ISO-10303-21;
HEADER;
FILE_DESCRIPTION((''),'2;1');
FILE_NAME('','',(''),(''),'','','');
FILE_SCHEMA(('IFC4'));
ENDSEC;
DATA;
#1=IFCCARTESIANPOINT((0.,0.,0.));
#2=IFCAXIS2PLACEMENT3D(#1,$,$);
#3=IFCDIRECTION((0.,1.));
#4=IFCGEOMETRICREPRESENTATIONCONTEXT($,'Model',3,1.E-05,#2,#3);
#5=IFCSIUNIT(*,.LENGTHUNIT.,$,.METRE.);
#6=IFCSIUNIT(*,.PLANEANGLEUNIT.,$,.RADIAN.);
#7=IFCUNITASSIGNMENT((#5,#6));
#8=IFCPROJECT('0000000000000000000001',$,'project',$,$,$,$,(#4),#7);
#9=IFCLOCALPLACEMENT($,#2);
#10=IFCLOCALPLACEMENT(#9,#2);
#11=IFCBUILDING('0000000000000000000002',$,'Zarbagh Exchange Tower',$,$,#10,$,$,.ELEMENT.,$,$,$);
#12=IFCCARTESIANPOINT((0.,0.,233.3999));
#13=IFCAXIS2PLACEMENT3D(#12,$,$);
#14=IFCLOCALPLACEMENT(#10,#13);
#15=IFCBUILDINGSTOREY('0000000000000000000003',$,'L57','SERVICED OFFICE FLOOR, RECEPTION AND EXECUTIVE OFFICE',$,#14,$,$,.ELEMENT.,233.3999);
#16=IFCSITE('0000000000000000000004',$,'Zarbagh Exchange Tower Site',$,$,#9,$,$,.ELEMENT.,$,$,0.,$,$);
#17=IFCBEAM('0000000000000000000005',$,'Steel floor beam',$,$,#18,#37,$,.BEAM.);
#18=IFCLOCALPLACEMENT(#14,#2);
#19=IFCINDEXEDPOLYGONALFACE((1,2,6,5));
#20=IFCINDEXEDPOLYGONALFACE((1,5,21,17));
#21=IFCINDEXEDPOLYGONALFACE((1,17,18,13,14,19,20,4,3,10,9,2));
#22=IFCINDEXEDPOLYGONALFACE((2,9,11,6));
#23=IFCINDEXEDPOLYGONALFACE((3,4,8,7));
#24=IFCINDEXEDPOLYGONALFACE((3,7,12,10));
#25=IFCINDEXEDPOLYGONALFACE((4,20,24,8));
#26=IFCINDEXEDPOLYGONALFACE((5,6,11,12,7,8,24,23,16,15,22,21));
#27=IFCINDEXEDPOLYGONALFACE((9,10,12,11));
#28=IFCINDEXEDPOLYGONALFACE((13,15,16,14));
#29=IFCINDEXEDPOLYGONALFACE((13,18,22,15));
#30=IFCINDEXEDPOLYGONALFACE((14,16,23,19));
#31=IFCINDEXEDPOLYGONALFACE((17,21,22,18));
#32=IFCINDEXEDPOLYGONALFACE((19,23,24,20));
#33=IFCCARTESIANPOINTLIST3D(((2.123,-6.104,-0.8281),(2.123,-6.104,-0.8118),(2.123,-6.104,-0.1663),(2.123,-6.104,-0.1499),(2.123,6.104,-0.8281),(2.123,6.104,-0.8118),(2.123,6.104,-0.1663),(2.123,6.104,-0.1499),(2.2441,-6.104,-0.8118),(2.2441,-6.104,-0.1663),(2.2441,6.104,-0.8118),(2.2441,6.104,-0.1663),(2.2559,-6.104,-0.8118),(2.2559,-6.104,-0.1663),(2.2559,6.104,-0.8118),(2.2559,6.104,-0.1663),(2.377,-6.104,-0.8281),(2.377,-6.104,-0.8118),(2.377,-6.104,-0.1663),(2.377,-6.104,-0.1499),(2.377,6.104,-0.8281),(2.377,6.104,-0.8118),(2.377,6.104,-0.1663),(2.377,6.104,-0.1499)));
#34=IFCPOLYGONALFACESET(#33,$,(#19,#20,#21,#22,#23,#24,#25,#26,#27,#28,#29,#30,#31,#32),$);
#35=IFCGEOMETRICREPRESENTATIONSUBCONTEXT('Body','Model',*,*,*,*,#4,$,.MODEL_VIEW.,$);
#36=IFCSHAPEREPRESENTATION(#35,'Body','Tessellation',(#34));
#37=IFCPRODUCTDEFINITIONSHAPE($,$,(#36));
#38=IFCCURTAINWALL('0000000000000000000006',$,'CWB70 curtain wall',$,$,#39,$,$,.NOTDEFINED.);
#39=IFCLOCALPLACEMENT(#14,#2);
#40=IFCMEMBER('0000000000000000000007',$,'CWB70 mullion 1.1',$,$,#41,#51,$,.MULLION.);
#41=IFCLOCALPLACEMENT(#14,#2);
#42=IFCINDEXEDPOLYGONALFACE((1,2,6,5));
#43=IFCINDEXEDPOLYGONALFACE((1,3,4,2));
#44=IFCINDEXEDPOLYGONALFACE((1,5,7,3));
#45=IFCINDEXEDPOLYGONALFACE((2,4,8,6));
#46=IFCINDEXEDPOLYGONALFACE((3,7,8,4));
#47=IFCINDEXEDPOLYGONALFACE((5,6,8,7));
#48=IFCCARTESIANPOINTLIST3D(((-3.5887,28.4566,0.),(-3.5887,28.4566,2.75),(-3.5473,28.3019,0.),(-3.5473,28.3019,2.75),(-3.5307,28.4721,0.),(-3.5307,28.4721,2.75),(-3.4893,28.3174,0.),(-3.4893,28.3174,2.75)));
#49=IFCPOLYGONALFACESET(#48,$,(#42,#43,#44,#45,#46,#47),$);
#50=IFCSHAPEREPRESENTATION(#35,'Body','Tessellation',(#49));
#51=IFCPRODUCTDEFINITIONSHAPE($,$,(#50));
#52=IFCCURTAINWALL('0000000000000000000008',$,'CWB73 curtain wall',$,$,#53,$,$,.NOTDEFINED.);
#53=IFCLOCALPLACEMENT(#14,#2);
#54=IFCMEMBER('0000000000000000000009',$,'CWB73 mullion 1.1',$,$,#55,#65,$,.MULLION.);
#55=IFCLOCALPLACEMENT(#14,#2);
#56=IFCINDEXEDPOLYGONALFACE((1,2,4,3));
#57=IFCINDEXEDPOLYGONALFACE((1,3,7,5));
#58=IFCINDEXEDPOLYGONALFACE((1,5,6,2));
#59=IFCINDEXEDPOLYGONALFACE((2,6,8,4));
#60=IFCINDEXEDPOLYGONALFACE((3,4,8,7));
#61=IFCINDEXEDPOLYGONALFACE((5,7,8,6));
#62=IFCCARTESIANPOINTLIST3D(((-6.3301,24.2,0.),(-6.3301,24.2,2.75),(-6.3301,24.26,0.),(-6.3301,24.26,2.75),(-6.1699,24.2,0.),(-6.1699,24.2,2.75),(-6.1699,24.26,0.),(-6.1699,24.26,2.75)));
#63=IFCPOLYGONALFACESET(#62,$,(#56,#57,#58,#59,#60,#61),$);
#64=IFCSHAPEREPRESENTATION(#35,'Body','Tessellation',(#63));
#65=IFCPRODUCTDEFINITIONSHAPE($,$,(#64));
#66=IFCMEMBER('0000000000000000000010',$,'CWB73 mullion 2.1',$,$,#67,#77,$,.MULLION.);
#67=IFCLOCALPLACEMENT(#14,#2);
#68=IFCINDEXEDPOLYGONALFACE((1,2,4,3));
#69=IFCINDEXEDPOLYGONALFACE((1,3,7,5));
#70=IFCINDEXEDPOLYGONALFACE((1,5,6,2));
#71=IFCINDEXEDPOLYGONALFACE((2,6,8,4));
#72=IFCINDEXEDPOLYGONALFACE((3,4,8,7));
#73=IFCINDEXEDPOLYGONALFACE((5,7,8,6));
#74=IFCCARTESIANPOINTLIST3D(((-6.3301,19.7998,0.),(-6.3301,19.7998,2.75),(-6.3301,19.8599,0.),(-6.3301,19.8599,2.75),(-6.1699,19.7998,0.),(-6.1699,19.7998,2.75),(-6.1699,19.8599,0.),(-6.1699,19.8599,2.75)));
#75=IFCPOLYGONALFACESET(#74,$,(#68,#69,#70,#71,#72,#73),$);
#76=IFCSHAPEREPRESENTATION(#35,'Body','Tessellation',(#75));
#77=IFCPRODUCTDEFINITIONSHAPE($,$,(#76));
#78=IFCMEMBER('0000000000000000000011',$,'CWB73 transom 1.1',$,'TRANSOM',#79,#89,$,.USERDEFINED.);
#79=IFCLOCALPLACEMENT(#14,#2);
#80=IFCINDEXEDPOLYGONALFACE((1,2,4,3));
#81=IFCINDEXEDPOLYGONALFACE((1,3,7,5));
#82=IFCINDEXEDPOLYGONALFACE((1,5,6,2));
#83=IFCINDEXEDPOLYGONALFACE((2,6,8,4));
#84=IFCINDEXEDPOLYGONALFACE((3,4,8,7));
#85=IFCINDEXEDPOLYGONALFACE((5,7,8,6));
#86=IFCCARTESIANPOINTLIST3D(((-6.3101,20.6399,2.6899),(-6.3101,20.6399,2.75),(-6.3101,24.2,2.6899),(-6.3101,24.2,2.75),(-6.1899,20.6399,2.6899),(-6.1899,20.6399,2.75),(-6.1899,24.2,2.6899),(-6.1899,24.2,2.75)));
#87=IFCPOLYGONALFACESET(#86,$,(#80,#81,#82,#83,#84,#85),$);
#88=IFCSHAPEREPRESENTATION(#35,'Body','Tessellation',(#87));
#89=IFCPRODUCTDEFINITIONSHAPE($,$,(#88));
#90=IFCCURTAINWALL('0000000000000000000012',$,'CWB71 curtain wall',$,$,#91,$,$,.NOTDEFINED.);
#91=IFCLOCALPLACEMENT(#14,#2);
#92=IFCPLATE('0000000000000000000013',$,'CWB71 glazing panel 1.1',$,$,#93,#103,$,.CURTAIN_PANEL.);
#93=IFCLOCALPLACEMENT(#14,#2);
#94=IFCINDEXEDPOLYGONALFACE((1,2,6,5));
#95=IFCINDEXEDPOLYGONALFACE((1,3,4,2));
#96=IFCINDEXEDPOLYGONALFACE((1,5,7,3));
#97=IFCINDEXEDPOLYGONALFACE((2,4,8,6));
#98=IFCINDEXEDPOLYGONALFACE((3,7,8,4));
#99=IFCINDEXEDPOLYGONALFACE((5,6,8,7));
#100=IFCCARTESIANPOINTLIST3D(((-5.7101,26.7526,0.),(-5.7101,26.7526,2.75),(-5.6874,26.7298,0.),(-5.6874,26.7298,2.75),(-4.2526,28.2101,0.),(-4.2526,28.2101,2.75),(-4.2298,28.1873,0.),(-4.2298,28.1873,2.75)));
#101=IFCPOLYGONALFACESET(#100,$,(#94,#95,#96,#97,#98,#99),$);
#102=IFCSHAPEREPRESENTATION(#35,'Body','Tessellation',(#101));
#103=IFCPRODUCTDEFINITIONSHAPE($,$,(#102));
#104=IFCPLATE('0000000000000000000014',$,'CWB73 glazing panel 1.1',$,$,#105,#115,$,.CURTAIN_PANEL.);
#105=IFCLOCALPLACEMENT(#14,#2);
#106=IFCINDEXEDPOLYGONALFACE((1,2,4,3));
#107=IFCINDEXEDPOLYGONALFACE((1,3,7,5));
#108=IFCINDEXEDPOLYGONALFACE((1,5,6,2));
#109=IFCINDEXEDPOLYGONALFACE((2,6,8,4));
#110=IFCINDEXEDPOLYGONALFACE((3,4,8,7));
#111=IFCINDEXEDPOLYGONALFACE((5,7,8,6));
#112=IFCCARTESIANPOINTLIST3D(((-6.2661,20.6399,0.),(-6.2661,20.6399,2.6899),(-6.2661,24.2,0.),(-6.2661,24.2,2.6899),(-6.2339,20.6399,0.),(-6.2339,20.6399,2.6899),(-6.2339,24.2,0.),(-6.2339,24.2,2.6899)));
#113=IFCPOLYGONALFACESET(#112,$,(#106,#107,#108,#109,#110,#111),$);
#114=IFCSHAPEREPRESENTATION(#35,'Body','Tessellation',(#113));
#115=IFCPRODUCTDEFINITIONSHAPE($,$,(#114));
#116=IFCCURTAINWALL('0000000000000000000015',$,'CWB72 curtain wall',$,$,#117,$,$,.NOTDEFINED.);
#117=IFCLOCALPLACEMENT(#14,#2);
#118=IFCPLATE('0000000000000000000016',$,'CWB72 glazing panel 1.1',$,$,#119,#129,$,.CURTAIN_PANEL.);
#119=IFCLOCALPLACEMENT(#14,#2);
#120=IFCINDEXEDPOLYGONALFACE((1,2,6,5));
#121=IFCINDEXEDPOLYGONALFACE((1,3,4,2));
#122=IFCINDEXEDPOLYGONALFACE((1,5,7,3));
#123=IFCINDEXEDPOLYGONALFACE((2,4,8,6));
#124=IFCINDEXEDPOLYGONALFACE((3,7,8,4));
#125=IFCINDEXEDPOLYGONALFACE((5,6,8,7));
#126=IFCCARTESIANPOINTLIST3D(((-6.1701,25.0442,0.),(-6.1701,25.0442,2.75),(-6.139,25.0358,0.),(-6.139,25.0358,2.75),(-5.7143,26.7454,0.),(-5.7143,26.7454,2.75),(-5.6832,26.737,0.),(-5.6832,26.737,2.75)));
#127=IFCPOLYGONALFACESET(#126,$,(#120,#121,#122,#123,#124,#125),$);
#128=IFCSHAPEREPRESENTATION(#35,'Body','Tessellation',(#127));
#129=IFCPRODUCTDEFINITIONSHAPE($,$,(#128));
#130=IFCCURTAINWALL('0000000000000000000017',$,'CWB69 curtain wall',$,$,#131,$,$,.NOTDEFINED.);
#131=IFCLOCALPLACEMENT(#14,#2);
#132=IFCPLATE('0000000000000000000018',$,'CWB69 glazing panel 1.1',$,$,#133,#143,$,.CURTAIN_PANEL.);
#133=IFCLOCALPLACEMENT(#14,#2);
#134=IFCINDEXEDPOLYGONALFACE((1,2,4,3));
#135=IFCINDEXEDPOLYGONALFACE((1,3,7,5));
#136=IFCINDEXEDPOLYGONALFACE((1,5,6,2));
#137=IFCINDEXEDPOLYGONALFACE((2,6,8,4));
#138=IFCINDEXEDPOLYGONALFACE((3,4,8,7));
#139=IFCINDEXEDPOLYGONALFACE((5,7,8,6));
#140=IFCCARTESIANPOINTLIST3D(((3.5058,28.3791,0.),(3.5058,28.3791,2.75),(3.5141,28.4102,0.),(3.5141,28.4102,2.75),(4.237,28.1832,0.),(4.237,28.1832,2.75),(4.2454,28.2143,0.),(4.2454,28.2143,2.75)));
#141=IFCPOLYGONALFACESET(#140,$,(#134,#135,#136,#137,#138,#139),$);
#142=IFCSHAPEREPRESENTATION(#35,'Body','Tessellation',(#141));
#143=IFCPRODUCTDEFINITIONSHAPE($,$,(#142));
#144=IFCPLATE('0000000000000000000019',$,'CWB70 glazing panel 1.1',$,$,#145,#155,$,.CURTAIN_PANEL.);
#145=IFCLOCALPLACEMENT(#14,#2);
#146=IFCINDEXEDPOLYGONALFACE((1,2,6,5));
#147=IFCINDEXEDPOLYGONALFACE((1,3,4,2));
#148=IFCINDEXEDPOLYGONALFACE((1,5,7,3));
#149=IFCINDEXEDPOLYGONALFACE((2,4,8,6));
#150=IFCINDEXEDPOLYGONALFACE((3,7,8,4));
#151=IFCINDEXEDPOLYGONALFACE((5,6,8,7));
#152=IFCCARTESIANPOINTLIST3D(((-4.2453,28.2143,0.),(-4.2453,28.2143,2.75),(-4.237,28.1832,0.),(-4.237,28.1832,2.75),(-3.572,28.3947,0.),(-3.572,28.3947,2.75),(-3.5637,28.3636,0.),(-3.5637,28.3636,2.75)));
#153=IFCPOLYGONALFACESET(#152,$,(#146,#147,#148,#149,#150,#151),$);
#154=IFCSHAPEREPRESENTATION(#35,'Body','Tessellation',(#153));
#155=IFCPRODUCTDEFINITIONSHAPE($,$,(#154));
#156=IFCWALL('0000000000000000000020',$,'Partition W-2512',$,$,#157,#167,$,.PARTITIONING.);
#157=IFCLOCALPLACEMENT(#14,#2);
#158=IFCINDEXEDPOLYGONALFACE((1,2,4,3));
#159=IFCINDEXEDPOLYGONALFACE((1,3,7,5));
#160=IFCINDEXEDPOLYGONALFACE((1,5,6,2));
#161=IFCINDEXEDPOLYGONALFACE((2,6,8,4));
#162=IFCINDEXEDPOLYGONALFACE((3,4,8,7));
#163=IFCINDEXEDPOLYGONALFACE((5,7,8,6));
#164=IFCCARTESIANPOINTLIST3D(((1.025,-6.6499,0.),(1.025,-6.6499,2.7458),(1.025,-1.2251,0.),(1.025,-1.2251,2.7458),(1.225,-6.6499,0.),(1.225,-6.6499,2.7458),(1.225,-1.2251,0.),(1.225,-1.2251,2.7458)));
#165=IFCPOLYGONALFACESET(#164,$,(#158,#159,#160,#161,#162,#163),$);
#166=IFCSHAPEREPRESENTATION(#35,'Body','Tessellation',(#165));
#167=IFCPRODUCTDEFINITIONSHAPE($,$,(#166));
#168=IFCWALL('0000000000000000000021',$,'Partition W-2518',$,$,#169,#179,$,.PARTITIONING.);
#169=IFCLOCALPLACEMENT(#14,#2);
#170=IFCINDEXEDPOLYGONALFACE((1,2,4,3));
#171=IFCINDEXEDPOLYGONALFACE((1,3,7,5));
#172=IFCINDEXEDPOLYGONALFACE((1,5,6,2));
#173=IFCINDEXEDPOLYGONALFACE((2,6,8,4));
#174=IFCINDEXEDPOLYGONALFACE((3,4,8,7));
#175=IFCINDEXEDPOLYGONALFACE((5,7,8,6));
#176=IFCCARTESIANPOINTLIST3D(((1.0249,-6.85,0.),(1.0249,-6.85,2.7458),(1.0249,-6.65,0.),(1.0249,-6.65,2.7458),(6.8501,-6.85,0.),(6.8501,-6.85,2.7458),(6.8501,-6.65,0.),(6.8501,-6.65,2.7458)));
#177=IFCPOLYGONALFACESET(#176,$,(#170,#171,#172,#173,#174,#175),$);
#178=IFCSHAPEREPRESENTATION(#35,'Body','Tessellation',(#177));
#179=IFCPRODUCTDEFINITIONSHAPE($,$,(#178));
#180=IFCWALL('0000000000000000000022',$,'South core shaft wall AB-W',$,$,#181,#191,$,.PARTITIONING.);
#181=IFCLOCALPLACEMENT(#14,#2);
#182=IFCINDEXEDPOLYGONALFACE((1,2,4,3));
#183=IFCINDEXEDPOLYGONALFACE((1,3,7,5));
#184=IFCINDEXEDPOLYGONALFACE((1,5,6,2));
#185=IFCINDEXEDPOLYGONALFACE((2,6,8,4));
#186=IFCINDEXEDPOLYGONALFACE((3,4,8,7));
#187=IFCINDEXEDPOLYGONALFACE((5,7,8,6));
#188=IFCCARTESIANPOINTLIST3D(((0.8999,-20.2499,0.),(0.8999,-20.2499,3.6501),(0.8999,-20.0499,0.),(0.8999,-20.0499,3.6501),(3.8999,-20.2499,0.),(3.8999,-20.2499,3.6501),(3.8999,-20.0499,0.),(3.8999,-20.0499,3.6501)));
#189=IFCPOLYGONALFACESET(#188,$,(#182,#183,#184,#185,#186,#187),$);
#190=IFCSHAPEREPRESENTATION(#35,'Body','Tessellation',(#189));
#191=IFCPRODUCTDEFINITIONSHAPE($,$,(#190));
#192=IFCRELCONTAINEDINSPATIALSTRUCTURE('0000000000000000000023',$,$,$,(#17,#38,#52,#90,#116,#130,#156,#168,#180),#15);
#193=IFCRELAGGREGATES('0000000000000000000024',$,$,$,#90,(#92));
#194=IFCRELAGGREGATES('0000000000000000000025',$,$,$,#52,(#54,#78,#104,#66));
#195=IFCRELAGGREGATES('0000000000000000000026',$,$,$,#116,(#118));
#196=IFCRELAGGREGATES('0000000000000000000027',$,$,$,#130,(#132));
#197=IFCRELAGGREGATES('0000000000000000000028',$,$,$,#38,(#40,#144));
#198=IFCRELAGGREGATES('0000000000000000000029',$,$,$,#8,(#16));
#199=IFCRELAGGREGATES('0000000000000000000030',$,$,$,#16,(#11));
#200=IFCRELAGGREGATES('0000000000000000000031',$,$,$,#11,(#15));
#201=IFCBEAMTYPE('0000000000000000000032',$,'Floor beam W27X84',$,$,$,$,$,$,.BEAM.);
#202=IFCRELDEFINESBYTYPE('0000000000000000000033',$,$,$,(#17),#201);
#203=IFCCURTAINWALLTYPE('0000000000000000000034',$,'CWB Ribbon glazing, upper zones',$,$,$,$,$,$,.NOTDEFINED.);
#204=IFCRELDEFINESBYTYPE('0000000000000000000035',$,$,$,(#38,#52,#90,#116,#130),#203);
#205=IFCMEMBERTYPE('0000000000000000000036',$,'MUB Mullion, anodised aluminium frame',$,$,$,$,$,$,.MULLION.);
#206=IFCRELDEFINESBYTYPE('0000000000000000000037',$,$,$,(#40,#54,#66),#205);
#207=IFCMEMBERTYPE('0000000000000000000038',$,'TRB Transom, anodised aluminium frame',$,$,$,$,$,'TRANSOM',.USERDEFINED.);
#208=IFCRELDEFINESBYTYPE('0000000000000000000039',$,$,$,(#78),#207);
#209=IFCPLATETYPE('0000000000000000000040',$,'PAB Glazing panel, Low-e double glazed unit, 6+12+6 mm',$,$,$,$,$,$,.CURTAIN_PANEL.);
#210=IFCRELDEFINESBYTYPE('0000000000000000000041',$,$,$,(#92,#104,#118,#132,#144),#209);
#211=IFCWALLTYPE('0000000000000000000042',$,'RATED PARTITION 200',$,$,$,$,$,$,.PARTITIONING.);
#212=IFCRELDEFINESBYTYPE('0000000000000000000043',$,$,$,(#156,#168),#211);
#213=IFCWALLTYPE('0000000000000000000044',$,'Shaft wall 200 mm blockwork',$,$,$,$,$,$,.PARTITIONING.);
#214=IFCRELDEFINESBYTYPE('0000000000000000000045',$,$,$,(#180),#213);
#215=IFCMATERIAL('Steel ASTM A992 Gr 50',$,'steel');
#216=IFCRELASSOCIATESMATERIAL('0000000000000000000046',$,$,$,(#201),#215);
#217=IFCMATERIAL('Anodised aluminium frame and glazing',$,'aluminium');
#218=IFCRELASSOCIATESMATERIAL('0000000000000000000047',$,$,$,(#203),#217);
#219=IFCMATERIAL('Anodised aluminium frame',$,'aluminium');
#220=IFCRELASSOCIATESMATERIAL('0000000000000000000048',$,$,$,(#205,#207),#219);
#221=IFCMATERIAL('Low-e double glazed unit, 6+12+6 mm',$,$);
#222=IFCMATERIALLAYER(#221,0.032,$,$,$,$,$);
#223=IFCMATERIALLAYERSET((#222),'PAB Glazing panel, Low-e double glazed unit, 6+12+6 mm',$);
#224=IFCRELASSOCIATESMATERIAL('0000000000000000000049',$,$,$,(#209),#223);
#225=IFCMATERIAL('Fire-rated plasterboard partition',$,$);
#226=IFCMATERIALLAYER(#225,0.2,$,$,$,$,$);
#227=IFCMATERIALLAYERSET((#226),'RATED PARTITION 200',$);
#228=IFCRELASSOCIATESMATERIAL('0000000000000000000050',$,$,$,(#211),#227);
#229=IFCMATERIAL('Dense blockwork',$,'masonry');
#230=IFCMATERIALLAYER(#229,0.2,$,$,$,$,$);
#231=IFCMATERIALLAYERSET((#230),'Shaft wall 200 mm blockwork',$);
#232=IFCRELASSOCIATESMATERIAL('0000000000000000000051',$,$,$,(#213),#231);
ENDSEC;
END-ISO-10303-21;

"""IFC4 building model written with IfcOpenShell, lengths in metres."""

from ifc_helpers import new_model, si_unit, direction, frame, frame_2d, origin, origin_2d, place, context, subcontext, project, spatial, polyline, rectangle, i_section, outline, extrude, source, transform, mapped, material, layer, layer_set, material_profile, profile_set, type_object, element, aggregate, save


model = new_model("IFC4")

# Units and contexts
model_context = context("Model", 3, precision=1e-05, world=origin(), true_north=direction((0.0, 1.0)))
body_context = subcontext(model_context, "Body", "Model", "MODEL_VIEW")
ifc_project = project(units=[si_unit("LENGTHUNIT", "METRE"), si_unit("PLANEANGLEUNIT", "RADIAN")], contexts=[model_context])

# Site, building, storey
site_placement = place(None, origin())
site = spatial("IfcSite", under=ifc_project, at=site_placement, Name="Zarbagh Exchange Tower Site", CompositionType="ELEMENT", RefElevation=0.0)
building_placement = place(site_placement, origin())
building = spatial("IfcBuilding", under=site, at=building_placement, Name="Zarbagh Exchange Tower", CompositionType="ELEMENT")
storey_placement = place(building_placement, frame((0.0, 0.0, 233.3999)))
storey = spatial("IfcBuildingStorey", under=building, at=storey_placement, Name="L57", Description="SERVICED OFFICE FLOOR, RECEPTION AND EXECUTIVE OFFICE", CompositionType="ELEMENT", Elevation=233.3999)

# Beam
ifc_material_1 = material(Name="Steel ASTM A992 Gr 50", Category="steel")
ifc_material_profile = material_profile(ifc_material_1, i_section(OverallWidth=0.2539, OverallDepth=0.6782, WebThickness=0.0117, FlangeThickness=0.0164, at=origin_2d()), Name="W27X84")
ifc_profile_set = profile_set([ifc_material_profile], Name="Steel ASTM A992 Gr 50")
beam_type = type_object("IfcBeamType", Name="Floor beam W27X84", PredefinedType="BEAM", material=ifc_profile_set)
beam_placement = place(storey_placement, frame((2.25, -6.104, -0.489), z_axis=(0.0, 1.0, 0.0), x_axis=(-1.0, 0.0, 0.0)))
element("IfcBeam", 1, at=beam_placement, inside=storey, type_object=beam_type, Name="Steel floor beam", PredefinedType="BEAM", context=body_context, shape_type="SweptSolid", body=[
    extrude(i_section(OverallWidth=0.2539, OverallDepth=0.6782, WebThickness=0.0117, FlangeThickness=0.0164, at=origin_2d()), origin(), (0.0, 0.0, 1.0), 12.208),
])

# Curtain wall, member
ifc_material_2 = material(Name="Anodised aluminium frame and glazing", Category="aluminium")
curtain_wall_type = type_object("IfcCurtainWallType", Name="CWB Ribbon glazing, upper zones", PredefinedType="NOTDEFINED", material=ifc_material_2)
curtain_wall_1_placement = place(storey_placement, origin())
curtain_wall_1 = element("IfcCurtainWall", 2, at=curtain_wall_1_placement, inside=storey, type_object=curtain_wall_type, Name="CWB70 curtain wall", PredefinedType="NOTDEFINED")
ifc_material_3 = material(Name="Anodised aluminium frame", Category="aluminium")
member_type_1 = type_object("IfcMemberType", Name="MUB Mullion, anodised aluminium frame", PredefinedType="MULLION", material=ifc_material_3)
shared_shape_1 = source(origin(), body_context, "Body", "SweptSolid", [
    extrude(outline(polyline([(0.0, -0.0801), (0.0601, -0.0801), (0.0601, 0.0801), (0.0, 0.0801), (0.0, -0.0801)])), origin(), (0.0, 0.0, 1.0), 2.75),
])
placement = place(storey_placement, origin())
member_1 = element("IfcMember", 3, at=placement, type_object=member_type_1, Name="CWB70 mullion 1.1", PredefinedType="MULLION", context=body_context, shape_type="MappedRepresentation", body=[
    mapped(shared_shape_1, transform((-3.51, 28.3948, 0.0), x_axis=(-0.965924, -0.258825, 0.0), y_axis=(0.258825, -0.965924, 0.0), z_axis=(0.0, 0.0, 1.0))),
])

# Curtain wall, members
curtain_wall_2_placement = place(storey_placement, origin())
curtain_wall_2 = element("IfcCurtainWall", 4, at=curtain_wall_2_placement, inside=storey, type_object=curtain_wall_type, Name="CWB73 curtain wall", PredefinedType="NOTDEFINED")
member_2 = element("IfcMember", 5, at=placement, type_object=member_type_1, Name="CWB73 mullion 1.1", PredefinedType="MULLION", context=body_context, shape_type="MappedRepresentation", body=[
    mapped(shared_shape_1, transform((-6.25, 24.26, 0.0), x_axis=(0.0, -1.0, 0.0), y_axis=(1.0, 0.0, 0.0), z_axis=(0.0, 0.0, 1.0))),
])
member_3 = element("IfcMember", 6, at=placement, type_object=member_type_1, Name="CWB73 mullion 2.1", PredefinedType="MULLION", context=body_context, shape_type="MappedRepresentation", body=[
    mapped(shared_shape_1, transform((-6.25, 19.8599, 0.0), x_axis=(0.0, -1.0, 0.0), y_axis=(1.0, 0.0, 0.0), z_axis=(0.0, 0.0, 1.0))),
])
member_type_2 = type_object("IfcMemberType", Name="TRB Transom, anodised aluminium frame", ElementType="TRANSOM", PredefinedType="USERDEFINED", material=ifc_material_3)
shared_shape_2 = source(origin(), body_context, "Body", "SweptSolid", [
    extrude(outline(polyline([(-0.0601, -0.0601), (0.0, -0.0601), (0.0, 0.0601), (-0.0601, 0.0601), (-0.0601, -0.0601)])), origin(), (0.0, 0.0, 1.0), 3.5601),
])
member_4 = element("IfcMember", 7, at=placement, type_object=member_type_2, Name="CWB73 transom 1.1", ObjectType="TRANSOM", PredefinedType="USERDEFINED", context=body_context, shape_type="MappedRepresentation", body=[
    mapped(shared_shape_2, transform((-6.25, 24.2, 2.75), x_axis=(0.0, 0.0, 1.0), y_axis=(-1.0, 0.0, 0.0), z_axis=(0.0, -1.0, 0.0))),
])

# Curtain wall, plate
curtain_wall_3_placement = place(storey_placement, origin())
curtain_wall_3 = element("IfcCurtainWall", 8, at=curtain_wall_3_placement, inside=storey, type_object=curtain_wall_type, Name="CWB71 curtain wall", PredefinedType="NOTDEFINED")
ifc_material_4 = material(Name="Low-e double glazed unit, 6+12+6 mm")
ifc_layer_1 = layer(ifc_material_4, 0.032)
ifc_layer_set_1 = layer_set([ifc_layer_1], Name="PAB Glazing panel, Low-e double glazed unit, 6+12+6 mm")
plate_type = type_object("IfcPlateType", Name="PAB Glazing panel, Low-e double glazed unit, 6+12+6 mm", PredefinedType="CURTAIN_PANEL", material=ifc_layer_set_1)
shared_shape_3 = source(origin(), body_context, "Body", "SweptSolid", [
    extrude(outline(polyline([(0.0, -0.0161), (2.0613, -0.0161), (2.0613, 0.0161), (0.0, 0.0161), (0.0, -0.0161)])), origin(), (0.0, 0.0, 1.0), 2.75),
])
plate_1 = element("IfcPlate", 9, at=placement, type_object=plate_type, Name="CWB71 glazing panel 1.1", PredefinedType="CURTAIN_PANEL", context=body_context, shape_type="MappedRepresentation", body=[
    mapped(shared_shape_3, transform((-4.2412, 28.1987, 0.0), x_axis=(-0.707107, -0.707107, 0.0), y_axis=(0.707107, -0.707107, 0.0), z_axis=(0.0, 0.0, 1.0))),
])
aggregate(curtain_wall_3, [plate_1])

# Plate
shared_shape_4 = source(origin(), body_context, "Body", "SweptSolid", [
    extrude(outline(polyline([(0.0, -0.0161), (3.5601, -0.0161), (3.5601, 0.0161), (0.0, 0.0161), (0.0, -0.0161)])), origin(), (0.0, 0.0, 1.0), 2.6899),
])
plate_2 = element("IfcPlate", 10, at=placement, type_object=plate_type, Name="CWB73 glazing panel 1.1", PredefinedType="CURTAIN_PANEL", context=body_context, shape_type="MappedRepresentation", body=[
    mapped(shared_shape_4, transform((-6.25, 24.2, 0.0), x_axis=(0.0, -1.0, 0.0), y_axis=(1.0, 0.0, 0.0), z_axis=(0.0, 0.0, 1.0))),
])
aggregate(curtain_wall_2, [member_2, member_4, plate_2, member_3])

# Curtain walls, plates
curtain_wall_4_placement = place(storey_placement, origin())
curtain_wall_4 = element("IfcCurtainWall", 11, at=curtain_wall_4_placement, inside=storey, type_object=curtain_wall_type, Name="CWB72 curtain wall", PredefinedType="NOTDEFINED")
shared_shape_5 = source(origin(), body_context, "Body", "SweptSolid", [
    extrude(outline(polyline([(0.0, -0.0161), (1.7612, -0.0161), (1.7612, 0.0161), (0.0, 0.0161), (0.0, -0.0161)])), origin(), (0.0, 0.0, 1.0), 2.75),
])
plate_3 = element("IfcPlate", 12, at=placement, type_object=plate_type, Name="CWB72 glazing panel 1.1", PredefinedType="CURTAIN_PANEL", context=body_context, shape_type="MappedRepresentation", body=[
    mapped(shared_shape_5, transform((-5.6987, 26.7412, 0.0), x_axis=(-0.258825, -0.965924, 0.0), y_axis=(0.965924, -0.258825, 0.0), z_axis=(0.0, 0.0, 1.0))),
])
aggregate(curtain_wall_4, [plate_3])
curtain_wall_5_placement = place(storey_placement, origin())
curtain_wall_5 = element("IfcCurtainWall", 13, at=curtain_wall_5_placement, inside=storey, type_object=curtain_wall_type, Name="CWB69 curtain wall", PredefinedType="NOTDEFINED")
shared_shape_6 = source(origin(), body_context, "Body", "SweptSolid", [
    extrude(outline(polyline([(0.0, -0.0161), (0.7571, -0.0161), (0.7571, 0.0161), (0.0, 0.0161), (0.0, -0.0161)])), origin(), (0.0, 0.0, 1.0), 2.75),
])
plate_4 = element("IfcPlate", 14, at=placement, type_object=plate_type, Name="CWB69 glazing panel 1.1", PredefinedType="CURTAIN_PANEL", context=body_context, shape_type="MappedRepresentation", body=[
    mapped(shared_shape_6, transform((4.2412, 28.1987, 0.0), x_axis=(-0.965924, 0.258825, 0.0), y_axis=(-0.258825, -0.965924, 0.0), z_axis=(0.0, 0.0, 1.0))),
])
aggregate(curtain_wall_5, [plate_4])

# Plate
shared_shape_7 = source(origin(), body_context, "Body", "SweptSolid", [
    extrude(outline(polyline([(0.0, -0.0161), (0.697, -0.0161), (0.697, 0.0161), (0.0, 0.0161), (0.0, -0.0161)])), origin(), (0.0, 0.0, 1.0), 2.75),
])
plate_5 = element("IfcPlate", 15, at=placement, type_object=plate_type, Name="CWB70 glazing panel 1.1", PredefinedType="CURTAIN_PANEL", context=body_context, shape_type="MappedRepresentation", body=[
    mapped(shared_shape_7, transform((-3.5679, 28.3792, 0.0), x_axis=(-0.965924, -0.258825, 0.0), y_axis=(0.258825, -0.965924, 0.0), z_axis=(0.0, 0.0, 1.0))),
])
aggregate(curtain_wall_1, [member_1, plate_5])

# Walls
ifc_material_5 = material(Name="Fire-rated plasterboard partition")
ifc_layer_2 = layer(ifc_material_5, 0.2)
ifc_layer_set_2 = layer_set([ifc_layer_2], Name="RATED PARTITION 200")
wall_type_1 = type_object("IfcWallType", Name="RATED PARTITION 200", PredefinedType="PARTITIONING", material=ifc_layer_set_2)
wall_1_placement = place(storey_placement, frame((1.125, -6.6499, 0.0), z_axis=(0.0, 0.0, 1.0), x_axis=(0.0, 1.0, 0.0)))
element("IfcWall", 16, at=wall_1_placement, inside=storey, type_object=wall_type_1, Name="Partition W-2512", PredefinedType="PARTITIONING", context=body_context, shape_type="SweptSolid", body=[
    extrude(rectangle(XDim=5.4248, YDim=0.2, at=frame_2d((2.7124, 0.0))), origin(), (0.0, 0.0, 1.0), 2.7458),
])
wall_2_placement = place(storey_placement, frame((1.0249, -6.75, 0.0), z_axis=(0.0, 0.0, 1.0), x_axis=(1.0, 0.0, 0.0)))
element("IfcWall", 17, at=wall_2_placement, inside=storey, type_object=wall_type_1, Name="Partition W-2518", PredefinedType="PARTITIONING", context=body_context, shape_type="SweptSolid", body=[
    extrude(rectangle(XDim=5.8252, YDim=0.2, at=frame_2d((2.9126, 0.0))), origin(), (0.0, 0.0, 1.0), 2.7458),
])
ifc_material_6 = material(Name="Dense blockwork", Category="masonry")
ifc_layer_3 = layer(ifc_material_6, 0.2)
ifc_layer_set_3 = layer_set([ifc_layer_3], Name="Shaft wall 200 mm blockwork")
wall_type_2 = type_object("IfcWallType", Name="Shaft wall 200 mm blockwork", PredefinedType="PARTITIONING", material=ifc_layer_set_3)
wall_3_placement = place(storey_placement, frame((3.8999, -20.1499, 0.0), z_axis=(0.0, 0.0, 1.0), x_axis=(-1.0, 0.0, 0.0)))
element("IfcWall", 18, at=wall_3_placement, inside=storey, type_object=wall_type_2, Name="South core shaft wall AB-W", PredefinedType="PARTITIONING", context=body_context, shape_type="SweptSolid", body=[
    extrude(rectangle(XDim=3.0, YDim=0.2, at=frame_2d((1.5, 0.0))), origin(), (0.0, 0.0, 1.0), 3.6501),
])

save(model, "model.ifc")
